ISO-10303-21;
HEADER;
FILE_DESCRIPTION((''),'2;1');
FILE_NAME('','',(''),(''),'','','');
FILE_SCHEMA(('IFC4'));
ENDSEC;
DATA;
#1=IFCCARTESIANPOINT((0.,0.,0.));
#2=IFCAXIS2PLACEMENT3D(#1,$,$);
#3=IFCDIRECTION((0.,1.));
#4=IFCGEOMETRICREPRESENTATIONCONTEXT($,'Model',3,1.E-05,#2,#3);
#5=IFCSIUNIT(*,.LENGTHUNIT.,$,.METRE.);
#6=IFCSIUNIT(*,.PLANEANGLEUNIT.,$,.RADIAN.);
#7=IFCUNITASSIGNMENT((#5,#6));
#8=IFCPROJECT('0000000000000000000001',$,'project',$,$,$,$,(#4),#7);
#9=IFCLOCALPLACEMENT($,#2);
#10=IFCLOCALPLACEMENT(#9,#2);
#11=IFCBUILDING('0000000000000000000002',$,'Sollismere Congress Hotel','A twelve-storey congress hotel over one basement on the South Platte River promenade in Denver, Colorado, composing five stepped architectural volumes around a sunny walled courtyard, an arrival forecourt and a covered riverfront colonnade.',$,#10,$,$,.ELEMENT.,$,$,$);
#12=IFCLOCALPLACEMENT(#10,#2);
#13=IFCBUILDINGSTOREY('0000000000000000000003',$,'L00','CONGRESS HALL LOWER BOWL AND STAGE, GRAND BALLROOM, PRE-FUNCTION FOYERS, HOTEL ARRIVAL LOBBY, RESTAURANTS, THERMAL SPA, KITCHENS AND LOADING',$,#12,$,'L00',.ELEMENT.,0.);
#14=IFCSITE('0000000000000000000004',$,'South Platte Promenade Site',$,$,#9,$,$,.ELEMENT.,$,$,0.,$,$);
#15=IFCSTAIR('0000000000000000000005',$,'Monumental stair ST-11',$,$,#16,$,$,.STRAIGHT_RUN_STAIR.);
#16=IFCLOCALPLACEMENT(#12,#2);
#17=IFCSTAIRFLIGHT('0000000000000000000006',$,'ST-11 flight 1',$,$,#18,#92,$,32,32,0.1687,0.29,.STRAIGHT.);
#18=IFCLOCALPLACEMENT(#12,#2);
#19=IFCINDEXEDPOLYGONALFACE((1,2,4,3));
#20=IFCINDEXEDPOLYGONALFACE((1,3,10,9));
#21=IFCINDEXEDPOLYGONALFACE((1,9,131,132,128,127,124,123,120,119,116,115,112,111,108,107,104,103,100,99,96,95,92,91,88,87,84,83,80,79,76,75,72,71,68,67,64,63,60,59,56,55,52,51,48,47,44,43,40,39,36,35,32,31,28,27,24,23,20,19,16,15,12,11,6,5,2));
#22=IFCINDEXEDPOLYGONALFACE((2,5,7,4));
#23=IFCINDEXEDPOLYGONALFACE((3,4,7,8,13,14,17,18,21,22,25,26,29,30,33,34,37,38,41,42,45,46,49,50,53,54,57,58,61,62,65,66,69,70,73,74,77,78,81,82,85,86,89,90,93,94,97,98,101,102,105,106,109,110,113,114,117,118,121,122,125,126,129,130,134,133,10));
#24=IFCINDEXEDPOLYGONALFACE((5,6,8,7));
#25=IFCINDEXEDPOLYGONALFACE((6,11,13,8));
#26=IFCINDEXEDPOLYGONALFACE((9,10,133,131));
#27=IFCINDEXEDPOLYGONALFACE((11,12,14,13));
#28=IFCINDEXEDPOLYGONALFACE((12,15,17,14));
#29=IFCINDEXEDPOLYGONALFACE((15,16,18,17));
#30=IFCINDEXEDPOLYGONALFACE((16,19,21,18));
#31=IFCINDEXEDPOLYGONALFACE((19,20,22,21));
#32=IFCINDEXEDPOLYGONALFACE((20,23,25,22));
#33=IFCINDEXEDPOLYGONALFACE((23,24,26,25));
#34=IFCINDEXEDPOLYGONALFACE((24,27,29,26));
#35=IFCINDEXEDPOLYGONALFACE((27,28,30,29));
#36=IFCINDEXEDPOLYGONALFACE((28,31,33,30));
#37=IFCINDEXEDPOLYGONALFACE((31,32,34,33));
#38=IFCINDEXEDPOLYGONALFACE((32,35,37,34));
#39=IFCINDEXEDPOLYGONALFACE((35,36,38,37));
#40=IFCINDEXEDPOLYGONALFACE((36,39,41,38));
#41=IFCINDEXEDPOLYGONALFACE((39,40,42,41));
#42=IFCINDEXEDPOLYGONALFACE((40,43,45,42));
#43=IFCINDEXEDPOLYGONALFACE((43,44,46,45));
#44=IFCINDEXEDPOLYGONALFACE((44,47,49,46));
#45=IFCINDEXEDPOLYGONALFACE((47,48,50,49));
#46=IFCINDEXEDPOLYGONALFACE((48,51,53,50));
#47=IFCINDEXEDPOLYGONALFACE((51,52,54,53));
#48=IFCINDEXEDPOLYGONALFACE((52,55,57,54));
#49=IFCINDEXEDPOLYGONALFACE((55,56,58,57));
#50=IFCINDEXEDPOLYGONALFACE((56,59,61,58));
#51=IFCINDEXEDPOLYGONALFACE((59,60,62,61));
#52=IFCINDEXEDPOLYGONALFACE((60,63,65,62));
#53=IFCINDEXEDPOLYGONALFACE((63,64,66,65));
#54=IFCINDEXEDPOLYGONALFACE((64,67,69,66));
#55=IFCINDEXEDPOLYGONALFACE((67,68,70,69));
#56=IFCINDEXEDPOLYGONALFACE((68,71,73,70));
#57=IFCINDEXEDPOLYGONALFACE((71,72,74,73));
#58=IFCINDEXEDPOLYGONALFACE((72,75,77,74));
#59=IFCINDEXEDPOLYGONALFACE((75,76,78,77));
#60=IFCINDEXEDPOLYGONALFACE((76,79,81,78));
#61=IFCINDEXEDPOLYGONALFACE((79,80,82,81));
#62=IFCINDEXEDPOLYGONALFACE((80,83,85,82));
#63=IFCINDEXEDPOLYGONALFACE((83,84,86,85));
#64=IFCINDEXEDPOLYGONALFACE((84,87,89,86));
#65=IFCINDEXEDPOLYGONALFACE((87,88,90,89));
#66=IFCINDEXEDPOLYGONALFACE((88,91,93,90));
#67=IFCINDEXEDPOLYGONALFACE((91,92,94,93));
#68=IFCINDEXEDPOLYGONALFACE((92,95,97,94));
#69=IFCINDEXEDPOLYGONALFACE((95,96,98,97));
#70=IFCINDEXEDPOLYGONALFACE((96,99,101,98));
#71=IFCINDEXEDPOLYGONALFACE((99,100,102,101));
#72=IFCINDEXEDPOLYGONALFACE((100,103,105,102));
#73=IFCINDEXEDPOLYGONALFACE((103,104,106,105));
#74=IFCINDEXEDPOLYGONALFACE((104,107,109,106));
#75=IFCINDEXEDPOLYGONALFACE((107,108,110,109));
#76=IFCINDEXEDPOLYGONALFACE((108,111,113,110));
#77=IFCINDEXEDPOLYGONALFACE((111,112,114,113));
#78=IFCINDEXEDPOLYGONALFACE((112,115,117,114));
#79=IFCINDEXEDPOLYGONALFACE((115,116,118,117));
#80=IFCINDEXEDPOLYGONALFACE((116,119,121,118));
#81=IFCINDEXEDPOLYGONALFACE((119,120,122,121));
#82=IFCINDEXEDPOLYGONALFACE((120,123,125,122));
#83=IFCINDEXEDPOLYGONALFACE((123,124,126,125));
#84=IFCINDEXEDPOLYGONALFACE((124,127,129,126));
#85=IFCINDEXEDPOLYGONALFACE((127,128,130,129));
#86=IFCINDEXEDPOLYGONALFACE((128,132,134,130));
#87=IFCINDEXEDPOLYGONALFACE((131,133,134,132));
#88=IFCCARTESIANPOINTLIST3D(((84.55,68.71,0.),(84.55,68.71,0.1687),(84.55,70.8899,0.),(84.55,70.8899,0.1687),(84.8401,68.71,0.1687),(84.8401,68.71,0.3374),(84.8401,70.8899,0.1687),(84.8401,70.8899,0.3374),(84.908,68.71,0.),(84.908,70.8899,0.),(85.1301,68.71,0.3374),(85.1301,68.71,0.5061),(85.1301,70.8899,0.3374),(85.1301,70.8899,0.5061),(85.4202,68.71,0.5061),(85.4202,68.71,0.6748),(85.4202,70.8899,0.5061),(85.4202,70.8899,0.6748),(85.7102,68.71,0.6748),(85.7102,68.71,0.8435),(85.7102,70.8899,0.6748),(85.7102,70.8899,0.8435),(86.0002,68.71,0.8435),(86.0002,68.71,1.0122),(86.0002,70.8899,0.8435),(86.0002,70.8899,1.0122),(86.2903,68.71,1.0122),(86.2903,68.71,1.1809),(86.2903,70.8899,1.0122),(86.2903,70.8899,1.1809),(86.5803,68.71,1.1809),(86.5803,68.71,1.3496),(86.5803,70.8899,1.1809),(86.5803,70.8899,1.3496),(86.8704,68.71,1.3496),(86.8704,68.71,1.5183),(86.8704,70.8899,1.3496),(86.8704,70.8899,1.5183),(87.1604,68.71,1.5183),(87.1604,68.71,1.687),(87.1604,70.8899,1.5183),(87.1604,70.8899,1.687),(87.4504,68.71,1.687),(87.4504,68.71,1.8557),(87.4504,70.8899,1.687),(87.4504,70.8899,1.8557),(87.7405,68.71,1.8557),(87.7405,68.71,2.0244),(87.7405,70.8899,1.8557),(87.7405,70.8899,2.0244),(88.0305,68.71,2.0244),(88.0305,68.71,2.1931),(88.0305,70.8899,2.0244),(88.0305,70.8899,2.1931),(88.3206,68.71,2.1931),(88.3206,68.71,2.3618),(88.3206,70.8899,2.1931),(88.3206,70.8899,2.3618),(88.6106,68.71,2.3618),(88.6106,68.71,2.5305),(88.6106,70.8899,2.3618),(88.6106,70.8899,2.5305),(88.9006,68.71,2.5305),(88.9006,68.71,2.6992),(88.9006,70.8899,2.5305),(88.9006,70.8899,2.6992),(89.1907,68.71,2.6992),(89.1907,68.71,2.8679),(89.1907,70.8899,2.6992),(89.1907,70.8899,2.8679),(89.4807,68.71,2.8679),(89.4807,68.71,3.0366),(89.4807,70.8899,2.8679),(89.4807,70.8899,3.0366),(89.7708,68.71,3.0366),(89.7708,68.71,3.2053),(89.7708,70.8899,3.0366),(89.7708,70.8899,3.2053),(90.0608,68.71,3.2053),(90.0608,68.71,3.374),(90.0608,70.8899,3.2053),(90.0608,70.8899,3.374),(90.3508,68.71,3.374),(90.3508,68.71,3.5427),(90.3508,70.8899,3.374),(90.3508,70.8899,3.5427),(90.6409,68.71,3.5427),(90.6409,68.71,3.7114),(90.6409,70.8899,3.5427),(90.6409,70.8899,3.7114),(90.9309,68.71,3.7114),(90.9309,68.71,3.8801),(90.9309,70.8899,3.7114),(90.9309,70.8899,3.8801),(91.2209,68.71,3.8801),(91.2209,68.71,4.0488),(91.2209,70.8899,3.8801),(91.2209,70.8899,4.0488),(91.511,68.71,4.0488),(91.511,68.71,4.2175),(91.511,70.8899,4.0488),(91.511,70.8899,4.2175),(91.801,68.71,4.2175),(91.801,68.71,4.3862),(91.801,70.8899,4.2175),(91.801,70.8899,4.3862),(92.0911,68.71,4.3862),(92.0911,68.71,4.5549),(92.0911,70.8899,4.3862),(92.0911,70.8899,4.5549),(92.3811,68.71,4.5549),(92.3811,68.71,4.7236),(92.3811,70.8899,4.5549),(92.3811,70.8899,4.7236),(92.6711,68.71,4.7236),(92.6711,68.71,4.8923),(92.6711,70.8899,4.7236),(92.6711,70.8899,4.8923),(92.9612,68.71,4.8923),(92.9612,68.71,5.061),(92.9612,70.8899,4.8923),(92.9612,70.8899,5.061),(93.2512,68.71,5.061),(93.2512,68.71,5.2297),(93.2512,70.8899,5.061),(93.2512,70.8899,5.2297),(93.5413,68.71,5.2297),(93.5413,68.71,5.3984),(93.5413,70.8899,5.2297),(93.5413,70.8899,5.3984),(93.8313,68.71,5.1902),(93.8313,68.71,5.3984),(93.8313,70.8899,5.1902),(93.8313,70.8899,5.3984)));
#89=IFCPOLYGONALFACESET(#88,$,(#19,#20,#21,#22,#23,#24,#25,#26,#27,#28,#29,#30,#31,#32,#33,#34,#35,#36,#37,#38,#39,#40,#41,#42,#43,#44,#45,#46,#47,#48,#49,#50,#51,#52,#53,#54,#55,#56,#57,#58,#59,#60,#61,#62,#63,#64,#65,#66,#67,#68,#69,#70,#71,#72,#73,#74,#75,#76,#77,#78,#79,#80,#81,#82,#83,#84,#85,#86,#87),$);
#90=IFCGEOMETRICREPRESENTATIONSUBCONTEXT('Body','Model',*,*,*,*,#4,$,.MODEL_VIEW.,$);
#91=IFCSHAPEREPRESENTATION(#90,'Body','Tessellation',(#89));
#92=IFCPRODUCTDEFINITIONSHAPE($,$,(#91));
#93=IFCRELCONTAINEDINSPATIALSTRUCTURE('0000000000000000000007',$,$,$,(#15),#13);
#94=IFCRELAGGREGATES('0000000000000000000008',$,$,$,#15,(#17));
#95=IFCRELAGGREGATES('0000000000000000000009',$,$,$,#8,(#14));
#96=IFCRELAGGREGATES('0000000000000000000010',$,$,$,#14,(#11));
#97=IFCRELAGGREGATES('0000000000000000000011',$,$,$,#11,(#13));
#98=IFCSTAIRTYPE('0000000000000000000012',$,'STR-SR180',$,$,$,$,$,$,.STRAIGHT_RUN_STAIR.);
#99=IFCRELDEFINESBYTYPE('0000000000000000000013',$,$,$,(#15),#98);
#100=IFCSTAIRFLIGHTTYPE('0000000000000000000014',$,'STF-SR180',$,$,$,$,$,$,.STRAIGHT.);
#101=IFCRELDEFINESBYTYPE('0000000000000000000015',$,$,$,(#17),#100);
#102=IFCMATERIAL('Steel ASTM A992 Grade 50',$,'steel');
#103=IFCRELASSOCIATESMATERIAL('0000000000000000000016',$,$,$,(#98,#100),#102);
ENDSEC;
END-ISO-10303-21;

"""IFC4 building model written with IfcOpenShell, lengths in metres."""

from ifc_helpers import new_model, si_unit, direction, frame, origin, place, context, subcontext, project, spatial, polyline, outline, extrude, material, type_object, element, aggregate, save


model = new_model("IFC4")

# Units and contexts
model_context = context("Model", 3, precision=1e-05, world=origin(), true_north=direction((0.0, 1.0)))
body_context = subcontext(model_context, "Body", "Model", "MODEL_VIEW")
ifc_project = project(units=[si_unit("LENGTHUNIT", "METRE"), si_unit("PLANEANGLEUNIT", "RADIAN")], contexts=[model_context])

# Site, building, storey
site_placement = place(None, origin())
site = spatial("IfcSite", under=ifc_project, at=site_placement, Name="South Platte Promenade Site", CompositionType="ELEMENT", RefElevation=0.0)
building_placement = place(site_placement, origin())
building = spatial("IfcBuilding", under=site, at=building_placement, Name="Sollismere Congress Hotel", Description="A twelve-storey congress hotel over one basement on the South Platte River promenade in Denver, Colorado, composing five stepped architectural volumes around a sunny walled courtyard, an arrival forecourt and a covered riverfront colonnade.", CompositionType="ELEMENT")
storey_placement = place(building_placement, origin())
storey = spatial("IfcBuildingStorey", under=building, at=storey_placement, Name="L00", Description="CONGRESS HALL LOWER BOWL AND STAGE, GRAND BALLROOM, PRE-FUNCTION FOYERS, HOTEL ARRIVAL LOBBY, RESTAURANTS, THERMAL SPA, KITCHENS AND LOADING", LongName="L00", CompositionType="ELEMENT", Elevation=0.0)

# Shared definitions
ifc_material_1 = material(Name="Steel ASTM A992 Grade 50", Category="steel")

# Stair, stair flight
stair_type_1 = type_object("IfcStairType", Name="STR-SR180", PredefinedType="STRAIGHT_RUN_STAIR", material=ifc_material_1)
stair_1_placement = place(storey_placement, origin())
stair_1 = element("IfcStair", 1, at=stair_1_placement, inside=storey, type_object=stair_type_1, Name="Monumental stair ST-11", PredefinedType="STRAIGHT_RUN_STAIR")
stair_flight_type_1 = type_object("IfcStairFlightType", Name="STF-SR180", PredefinedType="STRAIGHT", material=ifc_material_1)
stair_flight_1_placement = place(storey_placement, frame((84.55, 69.8, 0.0), z_axis=(0.0, 0.0, 1.0), x_axis=(1.0, 0.0, 0.0)))
stair_flight_1 = element("IfcStairFlight", 2, at=stair_flight_1_placement, type_object=stair_flight_type_1, Name="ST-11 flight 1", NumberOfRisers=32, NumberOfTreads=32, PredefinedType="STRAIGHT", RiserHeight=0.1687, TreadLength=0.29, context=body_context, shape_type="SweptSolid", body=[
    extrude(outline(polyline([(0.0, 0.0), (0.0, 0.1687), (0.29, 0.1687), (0.29, 0.3374), (0.5801, 0.3374), (0.5801, 0.5061), (0.8701, 0.5061), (0.8701, 0.6748), (1.1602, 0.6748), (1.1602, 0.8435), (1.4502, 0.8435), (1.4502, 1.0122), (1.7402, 1.0122), (1.7402, 1.1809), (2.0303, 1.1809), (2.0303, 1.3496), (2.3203, 1.3496), (2.3203, 1.5183), (2.6104, 1.5183), (2.6104, 1.687), (2.9004, 1.687), (2.9004, 1.8557), (3.1904, 1.8557), (3.1904, 2.0244), (3.4805, 2.0244), (3.4805, 2.1931), (3.7705, 2.1931), (3.7705, 2.3618), (4.0605, 2.3618), (4.0605, 2.5305), (4.3506, 2.5305), (4.3506, 2.6992), (4.6406, 2.6992), (4.6406, 2.8679), (4.9307, 2.8679), (4.9307, 3.0366), (5.2207, 3.0366), (5.2207, 3.2053), (5.5107, 3.2053), (5.5107, 3.374), (5.8008, 3.374), (5.8008, 3.5427), (6.0908, 3.5427), (6.0908, 3.7114), (6.3809, 3.7114), (6.3809, 3.8801), (6.6709, 3.8801), (6.6709, 4.0488), (6.9609, 4.0488), (6.9609, 4.2175), (7.251, 4.2175), (7.251, 4.3862), (7.541, 4.3862), (7.541, 4.5549), (7.8311, 4.5549), (7.8311, 4.7236), (8.1211, 4.7236), (8.1211, 4.8923), (8.4111, 4.8923), (8.4111, 5.061), (8.7012, 5.061), (8.7012, 5.2297), (8.9912, 5.2297), (8.9912, 5.3984), (9.2812, 5.3984), (9.2812, 5.1902), (0.3579, 0.0), (0.0, 0.0)])), frame((0.0, 1.0898, 0.0), z_axis=(0.0, -1.0, 0.0), x_axis=(1.0, 0.0, 0.0)), (0.0, 0.0, 1.0), 2.1799),
])
aggregate(stair_1, [stair_flight_1])

save(model, "model.ifc")
